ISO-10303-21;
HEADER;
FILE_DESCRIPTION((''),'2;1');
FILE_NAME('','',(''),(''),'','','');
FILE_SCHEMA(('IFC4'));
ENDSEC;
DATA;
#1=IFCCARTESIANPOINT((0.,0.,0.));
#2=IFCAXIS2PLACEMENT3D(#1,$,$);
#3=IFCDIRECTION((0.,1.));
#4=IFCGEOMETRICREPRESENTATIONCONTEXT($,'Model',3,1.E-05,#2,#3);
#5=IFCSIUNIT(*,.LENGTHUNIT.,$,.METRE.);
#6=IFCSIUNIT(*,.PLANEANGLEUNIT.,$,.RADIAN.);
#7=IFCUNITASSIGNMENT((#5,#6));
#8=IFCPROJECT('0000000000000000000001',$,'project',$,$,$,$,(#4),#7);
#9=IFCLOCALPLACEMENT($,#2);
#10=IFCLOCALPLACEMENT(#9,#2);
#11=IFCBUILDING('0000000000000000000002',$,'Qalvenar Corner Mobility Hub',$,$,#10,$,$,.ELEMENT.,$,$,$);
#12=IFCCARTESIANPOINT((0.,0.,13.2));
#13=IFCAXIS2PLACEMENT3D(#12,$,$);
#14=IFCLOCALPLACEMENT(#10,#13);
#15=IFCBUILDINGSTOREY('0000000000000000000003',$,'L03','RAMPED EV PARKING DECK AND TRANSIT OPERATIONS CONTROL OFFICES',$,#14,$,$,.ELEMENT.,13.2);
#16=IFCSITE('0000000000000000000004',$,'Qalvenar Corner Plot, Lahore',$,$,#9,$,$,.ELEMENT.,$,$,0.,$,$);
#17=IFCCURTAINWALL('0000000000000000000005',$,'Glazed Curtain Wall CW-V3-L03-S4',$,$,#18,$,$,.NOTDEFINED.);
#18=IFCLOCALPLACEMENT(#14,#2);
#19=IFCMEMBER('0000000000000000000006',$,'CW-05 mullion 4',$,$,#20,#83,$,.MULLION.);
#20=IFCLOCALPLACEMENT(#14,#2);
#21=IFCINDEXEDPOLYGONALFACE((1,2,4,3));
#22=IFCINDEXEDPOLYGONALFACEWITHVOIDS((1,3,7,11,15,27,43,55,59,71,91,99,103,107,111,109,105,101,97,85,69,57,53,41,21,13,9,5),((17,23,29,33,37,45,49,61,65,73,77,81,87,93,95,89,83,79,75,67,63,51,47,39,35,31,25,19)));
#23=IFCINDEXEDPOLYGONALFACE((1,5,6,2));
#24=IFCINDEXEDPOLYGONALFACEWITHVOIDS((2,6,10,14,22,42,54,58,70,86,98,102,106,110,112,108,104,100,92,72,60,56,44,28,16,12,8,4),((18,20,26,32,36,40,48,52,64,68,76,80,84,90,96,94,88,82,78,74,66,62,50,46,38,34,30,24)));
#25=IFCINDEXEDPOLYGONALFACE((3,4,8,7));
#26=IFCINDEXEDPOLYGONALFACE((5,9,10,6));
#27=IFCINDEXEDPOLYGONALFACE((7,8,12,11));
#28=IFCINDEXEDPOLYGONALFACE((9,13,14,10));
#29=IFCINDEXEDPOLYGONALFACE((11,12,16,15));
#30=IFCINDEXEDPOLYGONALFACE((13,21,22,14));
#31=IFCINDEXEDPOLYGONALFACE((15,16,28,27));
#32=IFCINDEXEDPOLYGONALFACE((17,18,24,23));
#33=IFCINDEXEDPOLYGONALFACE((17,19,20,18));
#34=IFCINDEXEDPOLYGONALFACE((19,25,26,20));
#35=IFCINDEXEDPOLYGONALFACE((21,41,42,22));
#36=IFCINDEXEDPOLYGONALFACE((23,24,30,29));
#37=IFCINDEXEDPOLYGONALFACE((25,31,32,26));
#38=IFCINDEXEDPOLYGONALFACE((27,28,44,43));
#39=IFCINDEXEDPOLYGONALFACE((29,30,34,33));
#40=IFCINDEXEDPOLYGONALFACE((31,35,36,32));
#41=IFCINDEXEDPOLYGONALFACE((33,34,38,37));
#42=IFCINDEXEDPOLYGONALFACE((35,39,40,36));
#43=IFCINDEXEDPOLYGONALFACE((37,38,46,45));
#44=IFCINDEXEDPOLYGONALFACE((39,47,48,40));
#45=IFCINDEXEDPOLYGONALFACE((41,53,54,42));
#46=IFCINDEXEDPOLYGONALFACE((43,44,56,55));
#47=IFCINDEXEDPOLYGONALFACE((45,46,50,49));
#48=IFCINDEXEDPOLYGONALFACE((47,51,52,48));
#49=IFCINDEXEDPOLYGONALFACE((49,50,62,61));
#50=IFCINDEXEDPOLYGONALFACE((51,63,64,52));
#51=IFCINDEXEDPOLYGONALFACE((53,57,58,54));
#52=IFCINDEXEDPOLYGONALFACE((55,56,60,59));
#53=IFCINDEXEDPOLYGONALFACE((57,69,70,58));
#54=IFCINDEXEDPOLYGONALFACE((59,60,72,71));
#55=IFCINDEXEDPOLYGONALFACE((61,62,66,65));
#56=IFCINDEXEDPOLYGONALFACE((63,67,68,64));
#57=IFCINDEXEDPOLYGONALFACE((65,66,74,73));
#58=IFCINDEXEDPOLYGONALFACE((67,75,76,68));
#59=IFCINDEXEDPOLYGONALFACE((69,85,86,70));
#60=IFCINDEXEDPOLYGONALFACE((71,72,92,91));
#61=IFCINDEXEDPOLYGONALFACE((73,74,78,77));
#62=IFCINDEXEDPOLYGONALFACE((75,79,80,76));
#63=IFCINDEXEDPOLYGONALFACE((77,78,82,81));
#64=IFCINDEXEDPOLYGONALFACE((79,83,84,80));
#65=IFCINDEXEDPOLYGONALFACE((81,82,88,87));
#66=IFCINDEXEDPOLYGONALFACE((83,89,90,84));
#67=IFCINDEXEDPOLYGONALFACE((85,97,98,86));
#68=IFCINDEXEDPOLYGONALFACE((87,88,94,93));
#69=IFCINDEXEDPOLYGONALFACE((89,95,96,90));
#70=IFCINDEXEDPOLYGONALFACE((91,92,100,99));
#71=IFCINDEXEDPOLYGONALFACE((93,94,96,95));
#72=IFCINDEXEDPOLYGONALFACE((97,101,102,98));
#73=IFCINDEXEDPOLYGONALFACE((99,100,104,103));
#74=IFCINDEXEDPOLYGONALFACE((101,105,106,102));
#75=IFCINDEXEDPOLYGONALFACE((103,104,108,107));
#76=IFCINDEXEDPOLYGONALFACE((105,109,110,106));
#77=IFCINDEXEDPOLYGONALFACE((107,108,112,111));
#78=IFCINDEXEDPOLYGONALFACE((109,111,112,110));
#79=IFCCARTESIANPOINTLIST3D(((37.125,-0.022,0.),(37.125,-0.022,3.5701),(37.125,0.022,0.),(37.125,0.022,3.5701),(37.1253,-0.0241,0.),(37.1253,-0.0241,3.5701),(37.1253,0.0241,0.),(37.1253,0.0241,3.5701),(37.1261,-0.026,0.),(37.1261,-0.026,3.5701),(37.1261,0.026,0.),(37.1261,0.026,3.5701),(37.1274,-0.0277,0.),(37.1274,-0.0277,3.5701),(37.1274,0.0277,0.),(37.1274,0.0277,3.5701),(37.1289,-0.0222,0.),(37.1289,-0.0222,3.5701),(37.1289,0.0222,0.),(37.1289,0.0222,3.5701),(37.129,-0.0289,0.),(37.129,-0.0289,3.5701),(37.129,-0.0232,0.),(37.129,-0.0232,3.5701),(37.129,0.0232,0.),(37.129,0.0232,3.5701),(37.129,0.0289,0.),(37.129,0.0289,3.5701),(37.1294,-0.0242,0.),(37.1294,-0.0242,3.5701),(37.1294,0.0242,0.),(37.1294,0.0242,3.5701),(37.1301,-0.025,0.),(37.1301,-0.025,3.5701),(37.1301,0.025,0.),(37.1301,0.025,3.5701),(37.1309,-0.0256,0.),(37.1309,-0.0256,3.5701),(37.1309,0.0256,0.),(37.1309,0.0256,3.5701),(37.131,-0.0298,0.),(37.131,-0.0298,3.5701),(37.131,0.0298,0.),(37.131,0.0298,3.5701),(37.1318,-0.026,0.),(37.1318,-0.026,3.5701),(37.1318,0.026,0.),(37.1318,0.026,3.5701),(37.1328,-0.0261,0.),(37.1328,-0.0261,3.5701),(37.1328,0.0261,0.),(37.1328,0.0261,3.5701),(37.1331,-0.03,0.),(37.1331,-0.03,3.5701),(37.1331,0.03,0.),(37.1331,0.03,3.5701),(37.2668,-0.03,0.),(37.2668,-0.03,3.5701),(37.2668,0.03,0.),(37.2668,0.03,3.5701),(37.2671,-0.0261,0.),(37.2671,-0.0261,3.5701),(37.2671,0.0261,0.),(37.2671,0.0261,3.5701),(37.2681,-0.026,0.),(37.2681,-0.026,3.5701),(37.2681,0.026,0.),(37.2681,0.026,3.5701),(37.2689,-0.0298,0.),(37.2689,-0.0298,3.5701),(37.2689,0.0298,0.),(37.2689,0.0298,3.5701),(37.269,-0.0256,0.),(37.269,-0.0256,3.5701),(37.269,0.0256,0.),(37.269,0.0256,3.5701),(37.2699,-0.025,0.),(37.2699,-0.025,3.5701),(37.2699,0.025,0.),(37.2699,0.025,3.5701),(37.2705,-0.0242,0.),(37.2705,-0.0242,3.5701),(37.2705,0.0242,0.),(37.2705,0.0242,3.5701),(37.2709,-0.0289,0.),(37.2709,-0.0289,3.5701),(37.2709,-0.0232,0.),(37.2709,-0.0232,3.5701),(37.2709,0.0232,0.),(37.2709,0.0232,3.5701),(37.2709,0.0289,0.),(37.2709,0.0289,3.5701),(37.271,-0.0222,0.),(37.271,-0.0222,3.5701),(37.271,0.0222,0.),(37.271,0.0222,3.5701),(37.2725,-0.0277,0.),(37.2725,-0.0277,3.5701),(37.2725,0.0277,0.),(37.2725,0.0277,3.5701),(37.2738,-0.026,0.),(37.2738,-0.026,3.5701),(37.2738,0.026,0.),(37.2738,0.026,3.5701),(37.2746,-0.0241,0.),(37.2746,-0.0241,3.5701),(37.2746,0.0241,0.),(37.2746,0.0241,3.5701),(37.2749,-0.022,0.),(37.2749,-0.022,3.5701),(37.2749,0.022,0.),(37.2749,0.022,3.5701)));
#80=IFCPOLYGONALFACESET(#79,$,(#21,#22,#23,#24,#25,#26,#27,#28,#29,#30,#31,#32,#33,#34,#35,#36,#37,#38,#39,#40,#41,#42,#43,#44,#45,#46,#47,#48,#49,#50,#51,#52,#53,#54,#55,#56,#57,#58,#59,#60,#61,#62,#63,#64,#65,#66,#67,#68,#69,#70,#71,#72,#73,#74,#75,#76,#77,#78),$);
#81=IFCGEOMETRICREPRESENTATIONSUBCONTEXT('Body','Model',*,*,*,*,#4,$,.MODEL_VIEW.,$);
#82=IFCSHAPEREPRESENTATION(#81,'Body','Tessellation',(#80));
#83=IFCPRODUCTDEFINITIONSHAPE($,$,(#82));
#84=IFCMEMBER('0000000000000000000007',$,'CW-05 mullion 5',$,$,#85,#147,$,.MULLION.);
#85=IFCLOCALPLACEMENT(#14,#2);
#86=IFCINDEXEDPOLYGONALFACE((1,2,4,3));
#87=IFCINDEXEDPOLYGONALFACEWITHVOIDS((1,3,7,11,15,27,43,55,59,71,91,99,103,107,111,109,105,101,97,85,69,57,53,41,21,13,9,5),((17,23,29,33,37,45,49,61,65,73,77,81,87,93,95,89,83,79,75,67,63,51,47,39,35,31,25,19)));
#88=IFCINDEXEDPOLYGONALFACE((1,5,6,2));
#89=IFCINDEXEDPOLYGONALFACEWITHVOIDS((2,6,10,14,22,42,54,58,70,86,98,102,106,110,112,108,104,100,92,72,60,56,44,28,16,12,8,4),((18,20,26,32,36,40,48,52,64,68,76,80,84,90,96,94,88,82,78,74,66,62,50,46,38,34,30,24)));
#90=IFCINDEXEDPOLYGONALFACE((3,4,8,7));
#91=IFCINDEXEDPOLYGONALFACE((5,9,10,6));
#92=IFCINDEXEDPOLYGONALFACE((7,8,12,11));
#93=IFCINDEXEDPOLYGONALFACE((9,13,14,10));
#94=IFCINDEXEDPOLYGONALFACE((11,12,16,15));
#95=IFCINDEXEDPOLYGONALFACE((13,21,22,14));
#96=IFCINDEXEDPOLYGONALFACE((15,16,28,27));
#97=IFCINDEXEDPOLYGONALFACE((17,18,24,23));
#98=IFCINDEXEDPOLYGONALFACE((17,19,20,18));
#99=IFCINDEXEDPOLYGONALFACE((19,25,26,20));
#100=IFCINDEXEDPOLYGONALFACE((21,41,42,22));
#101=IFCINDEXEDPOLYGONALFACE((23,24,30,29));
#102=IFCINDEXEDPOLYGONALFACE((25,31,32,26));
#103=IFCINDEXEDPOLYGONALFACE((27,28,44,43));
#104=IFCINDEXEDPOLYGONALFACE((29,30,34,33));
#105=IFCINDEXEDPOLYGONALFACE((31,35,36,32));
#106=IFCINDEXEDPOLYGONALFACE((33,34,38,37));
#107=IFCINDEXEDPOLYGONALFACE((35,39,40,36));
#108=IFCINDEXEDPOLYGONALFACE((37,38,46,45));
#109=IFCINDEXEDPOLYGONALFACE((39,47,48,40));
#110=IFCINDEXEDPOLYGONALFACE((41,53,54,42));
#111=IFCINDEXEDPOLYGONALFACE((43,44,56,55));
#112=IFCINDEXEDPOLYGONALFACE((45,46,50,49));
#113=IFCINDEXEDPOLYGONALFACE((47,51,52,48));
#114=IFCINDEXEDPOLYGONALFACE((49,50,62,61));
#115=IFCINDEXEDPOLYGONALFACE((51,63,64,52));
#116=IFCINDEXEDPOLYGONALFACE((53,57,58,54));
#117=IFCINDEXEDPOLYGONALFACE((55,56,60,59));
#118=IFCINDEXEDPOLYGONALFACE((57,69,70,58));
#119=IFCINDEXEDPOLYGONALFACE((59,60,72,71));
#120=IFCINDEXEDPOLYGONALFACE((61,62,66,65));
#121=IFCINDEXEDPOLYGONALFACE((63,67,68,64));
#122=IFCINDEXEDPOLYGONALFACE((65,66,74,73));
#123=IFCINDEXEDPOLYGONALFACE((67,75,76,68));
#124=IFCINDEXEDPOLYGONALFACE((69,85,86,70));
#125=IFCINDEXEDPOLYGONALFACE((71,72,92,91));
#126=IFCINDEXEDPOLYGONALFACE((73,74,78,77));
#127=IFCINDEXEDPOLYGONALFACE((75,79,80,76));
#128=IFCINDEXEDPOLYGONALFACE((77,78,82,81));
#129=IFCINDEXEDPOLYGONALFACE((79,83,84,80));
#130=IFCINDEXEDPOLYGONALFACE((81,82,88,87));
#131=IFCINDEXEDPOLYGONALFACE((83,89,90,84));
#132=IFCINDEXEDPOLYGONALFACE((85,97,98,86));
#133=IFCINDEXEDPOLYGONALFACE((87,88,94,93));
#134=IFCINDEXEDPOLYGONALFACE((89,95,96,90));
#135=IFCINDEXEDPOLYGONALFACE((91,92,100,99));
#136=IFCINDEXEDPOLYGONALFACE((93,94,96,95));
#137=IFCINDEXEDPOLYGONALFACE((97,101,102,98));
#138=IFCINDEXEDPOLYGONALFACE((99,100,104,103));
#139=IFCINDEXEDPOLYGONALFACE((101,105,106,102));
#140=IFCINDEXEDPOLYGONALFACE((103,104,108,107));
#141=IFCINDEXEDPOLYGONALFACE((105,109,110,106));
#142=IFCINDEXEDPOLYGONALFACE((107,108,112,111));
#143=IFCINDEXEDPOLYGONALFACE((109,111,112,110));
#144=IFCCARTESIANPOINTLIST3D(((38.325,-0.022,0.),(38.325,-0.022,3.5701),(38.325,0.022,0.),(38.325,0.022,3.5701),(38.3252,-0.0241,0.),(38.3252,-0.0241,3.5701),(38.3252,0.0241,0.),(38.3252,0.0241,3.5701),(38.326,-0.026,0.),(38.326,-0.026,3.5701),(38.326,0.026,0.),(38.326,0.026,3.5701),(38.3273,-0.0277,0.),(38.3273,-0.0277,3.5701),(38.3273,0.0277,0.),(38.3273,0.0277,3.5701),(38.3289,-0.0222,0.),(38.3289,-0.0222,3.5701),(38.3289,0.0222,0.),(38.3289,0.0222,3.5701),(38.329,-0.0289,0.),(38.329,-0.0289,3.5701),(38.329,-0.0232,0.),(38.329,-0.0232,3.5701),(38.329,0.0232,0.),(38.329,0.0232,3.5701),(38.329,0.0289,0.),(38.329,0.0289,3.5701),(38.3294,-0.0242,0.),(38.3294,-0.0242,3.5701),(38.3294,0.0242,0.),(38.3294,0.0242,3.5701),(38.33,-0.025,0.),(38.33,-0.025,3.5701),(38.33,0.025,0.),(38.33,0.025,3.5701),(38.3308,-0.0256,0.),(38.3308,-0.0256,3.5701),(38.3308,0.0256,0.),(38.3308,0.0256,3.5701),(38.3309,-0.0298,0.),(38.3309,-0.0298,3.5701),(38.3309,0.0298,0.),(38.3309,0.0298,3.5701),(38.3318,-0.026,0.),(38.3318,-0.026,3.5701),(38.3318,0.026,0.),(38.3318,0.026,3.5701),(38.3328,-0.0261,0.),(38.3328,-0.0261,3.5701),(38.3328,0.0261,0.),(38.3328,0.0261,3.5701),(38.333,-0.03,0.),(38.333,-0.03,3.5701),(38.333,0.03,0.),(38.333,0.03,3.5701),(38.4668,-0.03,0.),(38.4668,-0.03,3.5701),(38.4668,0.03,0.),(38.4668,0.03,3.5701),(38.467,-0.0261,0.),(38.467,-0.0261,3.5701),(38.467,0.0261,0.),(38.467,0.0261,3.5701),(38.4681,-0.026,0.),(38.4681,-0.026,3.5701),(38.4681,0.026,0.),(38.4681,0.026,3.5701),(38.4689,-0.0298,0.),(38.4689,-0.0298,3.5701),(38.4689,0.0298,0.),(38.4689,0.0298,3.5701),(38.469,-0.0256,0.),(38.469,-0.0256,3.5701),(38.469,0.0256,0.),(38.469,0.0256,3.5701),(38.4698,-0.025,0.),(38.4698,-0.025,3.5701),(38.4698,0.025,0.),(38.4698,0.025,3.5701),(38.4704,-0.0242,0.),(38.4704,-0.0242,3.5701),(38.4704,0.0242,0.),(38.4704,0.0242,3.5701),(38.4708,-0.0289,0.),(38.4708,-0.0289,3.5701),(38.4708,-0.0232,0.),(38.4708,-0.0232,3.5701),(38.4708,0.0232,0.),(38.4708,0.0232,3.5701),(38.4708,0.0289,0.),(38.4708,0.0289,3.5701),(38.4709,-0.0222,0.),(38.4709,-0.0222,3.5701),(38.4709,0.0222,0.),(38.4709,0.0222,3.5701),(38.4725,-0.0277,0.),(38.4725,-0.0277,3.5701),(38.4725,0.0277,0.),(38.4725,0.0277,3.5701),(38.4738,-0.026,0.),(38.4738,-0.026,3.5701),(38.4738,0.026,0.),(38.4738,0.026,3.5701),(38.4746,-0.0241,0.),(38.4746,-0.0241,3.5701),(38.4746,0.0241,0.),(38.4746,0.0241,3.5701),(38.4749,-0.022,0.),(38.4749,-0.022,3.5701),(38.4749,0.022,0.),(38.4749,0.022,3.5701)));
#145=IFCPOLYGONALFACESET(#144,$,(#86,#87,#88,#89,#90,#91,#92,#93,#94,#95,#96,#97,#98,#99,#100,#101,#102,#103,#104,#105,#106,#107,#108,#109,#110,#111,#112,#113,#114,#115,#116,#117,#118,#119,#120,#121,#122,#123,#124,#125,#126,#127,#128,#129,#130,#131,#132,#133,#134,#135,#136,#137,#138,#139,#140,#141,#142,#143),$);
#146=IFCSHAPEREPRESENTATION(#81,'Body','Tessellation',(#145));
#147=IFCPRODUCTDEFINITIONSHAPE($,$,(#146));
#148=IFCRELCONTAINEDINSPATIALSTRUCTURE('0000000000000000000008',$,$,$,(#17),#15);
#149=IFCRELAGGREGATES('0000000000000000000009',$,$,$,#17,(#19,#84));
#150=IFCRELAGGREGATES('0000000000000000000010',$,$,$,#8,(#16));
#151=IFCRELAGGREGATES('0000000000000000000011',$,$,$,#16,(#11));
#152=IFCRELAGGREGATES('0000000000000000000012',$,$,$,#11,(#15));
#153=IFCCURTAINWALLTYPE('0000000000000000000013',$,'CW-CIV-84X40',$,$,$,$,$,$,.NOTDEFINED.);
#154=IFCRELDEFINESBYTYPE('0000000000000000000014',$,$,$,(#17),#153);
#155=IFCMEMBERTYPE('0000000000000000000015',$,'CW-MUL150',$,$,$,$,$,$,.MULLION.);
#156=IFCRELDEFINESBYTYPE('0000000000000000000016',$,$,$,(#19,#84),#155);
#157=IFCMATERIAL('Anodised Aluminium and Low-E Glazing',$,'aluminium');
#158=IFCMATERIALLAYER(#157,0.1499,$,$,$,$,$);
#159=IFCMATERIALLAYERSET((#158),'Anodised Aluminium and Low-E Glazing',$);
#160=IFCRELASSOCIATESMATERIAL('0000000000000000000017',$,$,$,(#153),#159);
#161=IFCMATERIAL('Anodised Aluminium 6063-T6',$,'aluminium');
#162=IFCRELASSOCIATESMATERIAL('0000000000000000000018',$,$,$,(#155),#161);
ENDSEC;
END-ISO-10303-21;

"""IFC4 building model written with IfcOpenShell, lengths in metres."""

from ifc_helpers import new_model, si_unit, direction, frame, origin, origin_2d, place, context, subcontext, project, spatial, hollow_rectangle, extrude, material, layer, layer_set, material_profile, profile_set, type_object, element, aggregate, save


model = new_model("IFC4")

# Units and contexts
model_context = context("Model", 3, precision=1e-05, world=origin(), true_north=direction((0.0, 1.0)))
body_context = subcontext(model_context, "Body", "Model", "MODEL_VIEW")
ifc_project = project(units=[si_unit("LENGTHUNIT", "METRE"), si_unit("PLANEANGLEUNIT", "RADIAN")], contexts=[model_context])

# Site, building, storey
site_placement = place(None, origin())
site = spatial("IfcSite", under=ifc_project, at=site_placement, Name="Qalvenar Corner Plot, Lahore", CompositionType="ELEMENT", RefElevation=0.0)
building_placement = place(site_placement, origin())
building = spatial("IfcBuilding", under=site, at=building_placement, Name="Qalvenar Corner Mobility Hub", CompositionType="ELEMENT")
storey_placement = place(building_placement, frame((0.0, 0.0, 13.2)))
storey = spatial("IfcBuildingStorey", under=building, at=storey_placement, Name="L03", Description="RAMPED EV PARKING DECK AND TRANSIT OPERATIONS CONTROL OFFICES", CompositionType="ELEMENT", Elevation=13.2)

# Curtain wall, members
ifc_material_1 = material(Name="Anodised Aluminium and Low-E Glazing", Category="aluminium")
ifc_layer_1 = layer(ifc_material_1, 0.1499)
ifc_layer_set_1 = layer_set([ifc_layer_1], Name="Anodised Aluminium and Low-E Glazing")
curtain_wall_type = type_object("IfcCurtainWallType", Name="CW-CIV-84X40", PredefinedType="NOTDEFINED", material=ifc_layer_set_1)
curtain_wall_placement = place(storey_placement, origin())
curtain_wall = element("IfcCurtainWall", 1, at=curtain_wall_placement, inside=storey, type_object=curtain_wall_type, Name="Glazed Curtain Wall CW-V3-L03-S4", PredefinedType="NOTDEFINED")
ifc_material_2 = material(Name="Anodised Aluminium 6063-T6", Category="aluminium")
ifc_material_profile_1 = material_profile(ifc_material_2, hollow_rectangle(XDim=0.0601, YDim=0.1499, WallThickness=0.0039, InnerFilletRadius=0.0039, OuterFilletRadius=0.0081, at=origin_2d()), Name="RHS150x60x4")
ifc_profile_set_1 = profile_set([ifc_material_profile_1], Name="Anodised Aluminium 6063-T6")
member_type_1 = type_object("IfcMemberType", Name="CW-MUL150", PredefinedType="MULLION", material=ifc_profile_set_1)
member_1_placement = place(storey_placement, frame((37.2, 0.0, 0.0), z_axis=(0.0, 0.0, 1.0), x_axis=(0.0, 1.0, 0.0)))
member_1 = element("IfcMember", 2, at=member_1_placement, type_object=member_type_1, Name="CW-05 mullion 4", PredefinedType="MULLION", context=body_context, shape_type="SweptSolid", body=[
    extrude(hollow_rectangle(XDim=0.0601, YDim=0.1499, WallThickness=0.0039, InnerFilletRadius=0.0039, OuterFilletRadius=0.0081, at=origin_2d()), origin(), (0.0, 0.0, 1.0), 3.5701),
])
member_2_placement = place(storey_placement, frame((38.3999, 0.0, 0.0), z_axis=(0.0, 0.0, 1.0), x_axis=(0.0, 1.0, 0.0)))
member_2 = element("IfcMember", 3, at=member_2_placement, type_object=member_type_1, Name="CW-05 mullion 5", PredefinedType="MULLION", context=body_context, shape_type="SweptSolid", body=[
    extrude(hollow_rectangle(XDim=0.0601, YDim=0.1499, WallThickness=0.0039, InnerFilletRadius=0.0039, OuterFilletRadius=0.0081, at=origin_2d()), origin(), (0.0, 0.0, 1.0), 3.5701),
])
aggregate(curtain_wall, [member_1, member_2])

save(model, "model.ifc")
